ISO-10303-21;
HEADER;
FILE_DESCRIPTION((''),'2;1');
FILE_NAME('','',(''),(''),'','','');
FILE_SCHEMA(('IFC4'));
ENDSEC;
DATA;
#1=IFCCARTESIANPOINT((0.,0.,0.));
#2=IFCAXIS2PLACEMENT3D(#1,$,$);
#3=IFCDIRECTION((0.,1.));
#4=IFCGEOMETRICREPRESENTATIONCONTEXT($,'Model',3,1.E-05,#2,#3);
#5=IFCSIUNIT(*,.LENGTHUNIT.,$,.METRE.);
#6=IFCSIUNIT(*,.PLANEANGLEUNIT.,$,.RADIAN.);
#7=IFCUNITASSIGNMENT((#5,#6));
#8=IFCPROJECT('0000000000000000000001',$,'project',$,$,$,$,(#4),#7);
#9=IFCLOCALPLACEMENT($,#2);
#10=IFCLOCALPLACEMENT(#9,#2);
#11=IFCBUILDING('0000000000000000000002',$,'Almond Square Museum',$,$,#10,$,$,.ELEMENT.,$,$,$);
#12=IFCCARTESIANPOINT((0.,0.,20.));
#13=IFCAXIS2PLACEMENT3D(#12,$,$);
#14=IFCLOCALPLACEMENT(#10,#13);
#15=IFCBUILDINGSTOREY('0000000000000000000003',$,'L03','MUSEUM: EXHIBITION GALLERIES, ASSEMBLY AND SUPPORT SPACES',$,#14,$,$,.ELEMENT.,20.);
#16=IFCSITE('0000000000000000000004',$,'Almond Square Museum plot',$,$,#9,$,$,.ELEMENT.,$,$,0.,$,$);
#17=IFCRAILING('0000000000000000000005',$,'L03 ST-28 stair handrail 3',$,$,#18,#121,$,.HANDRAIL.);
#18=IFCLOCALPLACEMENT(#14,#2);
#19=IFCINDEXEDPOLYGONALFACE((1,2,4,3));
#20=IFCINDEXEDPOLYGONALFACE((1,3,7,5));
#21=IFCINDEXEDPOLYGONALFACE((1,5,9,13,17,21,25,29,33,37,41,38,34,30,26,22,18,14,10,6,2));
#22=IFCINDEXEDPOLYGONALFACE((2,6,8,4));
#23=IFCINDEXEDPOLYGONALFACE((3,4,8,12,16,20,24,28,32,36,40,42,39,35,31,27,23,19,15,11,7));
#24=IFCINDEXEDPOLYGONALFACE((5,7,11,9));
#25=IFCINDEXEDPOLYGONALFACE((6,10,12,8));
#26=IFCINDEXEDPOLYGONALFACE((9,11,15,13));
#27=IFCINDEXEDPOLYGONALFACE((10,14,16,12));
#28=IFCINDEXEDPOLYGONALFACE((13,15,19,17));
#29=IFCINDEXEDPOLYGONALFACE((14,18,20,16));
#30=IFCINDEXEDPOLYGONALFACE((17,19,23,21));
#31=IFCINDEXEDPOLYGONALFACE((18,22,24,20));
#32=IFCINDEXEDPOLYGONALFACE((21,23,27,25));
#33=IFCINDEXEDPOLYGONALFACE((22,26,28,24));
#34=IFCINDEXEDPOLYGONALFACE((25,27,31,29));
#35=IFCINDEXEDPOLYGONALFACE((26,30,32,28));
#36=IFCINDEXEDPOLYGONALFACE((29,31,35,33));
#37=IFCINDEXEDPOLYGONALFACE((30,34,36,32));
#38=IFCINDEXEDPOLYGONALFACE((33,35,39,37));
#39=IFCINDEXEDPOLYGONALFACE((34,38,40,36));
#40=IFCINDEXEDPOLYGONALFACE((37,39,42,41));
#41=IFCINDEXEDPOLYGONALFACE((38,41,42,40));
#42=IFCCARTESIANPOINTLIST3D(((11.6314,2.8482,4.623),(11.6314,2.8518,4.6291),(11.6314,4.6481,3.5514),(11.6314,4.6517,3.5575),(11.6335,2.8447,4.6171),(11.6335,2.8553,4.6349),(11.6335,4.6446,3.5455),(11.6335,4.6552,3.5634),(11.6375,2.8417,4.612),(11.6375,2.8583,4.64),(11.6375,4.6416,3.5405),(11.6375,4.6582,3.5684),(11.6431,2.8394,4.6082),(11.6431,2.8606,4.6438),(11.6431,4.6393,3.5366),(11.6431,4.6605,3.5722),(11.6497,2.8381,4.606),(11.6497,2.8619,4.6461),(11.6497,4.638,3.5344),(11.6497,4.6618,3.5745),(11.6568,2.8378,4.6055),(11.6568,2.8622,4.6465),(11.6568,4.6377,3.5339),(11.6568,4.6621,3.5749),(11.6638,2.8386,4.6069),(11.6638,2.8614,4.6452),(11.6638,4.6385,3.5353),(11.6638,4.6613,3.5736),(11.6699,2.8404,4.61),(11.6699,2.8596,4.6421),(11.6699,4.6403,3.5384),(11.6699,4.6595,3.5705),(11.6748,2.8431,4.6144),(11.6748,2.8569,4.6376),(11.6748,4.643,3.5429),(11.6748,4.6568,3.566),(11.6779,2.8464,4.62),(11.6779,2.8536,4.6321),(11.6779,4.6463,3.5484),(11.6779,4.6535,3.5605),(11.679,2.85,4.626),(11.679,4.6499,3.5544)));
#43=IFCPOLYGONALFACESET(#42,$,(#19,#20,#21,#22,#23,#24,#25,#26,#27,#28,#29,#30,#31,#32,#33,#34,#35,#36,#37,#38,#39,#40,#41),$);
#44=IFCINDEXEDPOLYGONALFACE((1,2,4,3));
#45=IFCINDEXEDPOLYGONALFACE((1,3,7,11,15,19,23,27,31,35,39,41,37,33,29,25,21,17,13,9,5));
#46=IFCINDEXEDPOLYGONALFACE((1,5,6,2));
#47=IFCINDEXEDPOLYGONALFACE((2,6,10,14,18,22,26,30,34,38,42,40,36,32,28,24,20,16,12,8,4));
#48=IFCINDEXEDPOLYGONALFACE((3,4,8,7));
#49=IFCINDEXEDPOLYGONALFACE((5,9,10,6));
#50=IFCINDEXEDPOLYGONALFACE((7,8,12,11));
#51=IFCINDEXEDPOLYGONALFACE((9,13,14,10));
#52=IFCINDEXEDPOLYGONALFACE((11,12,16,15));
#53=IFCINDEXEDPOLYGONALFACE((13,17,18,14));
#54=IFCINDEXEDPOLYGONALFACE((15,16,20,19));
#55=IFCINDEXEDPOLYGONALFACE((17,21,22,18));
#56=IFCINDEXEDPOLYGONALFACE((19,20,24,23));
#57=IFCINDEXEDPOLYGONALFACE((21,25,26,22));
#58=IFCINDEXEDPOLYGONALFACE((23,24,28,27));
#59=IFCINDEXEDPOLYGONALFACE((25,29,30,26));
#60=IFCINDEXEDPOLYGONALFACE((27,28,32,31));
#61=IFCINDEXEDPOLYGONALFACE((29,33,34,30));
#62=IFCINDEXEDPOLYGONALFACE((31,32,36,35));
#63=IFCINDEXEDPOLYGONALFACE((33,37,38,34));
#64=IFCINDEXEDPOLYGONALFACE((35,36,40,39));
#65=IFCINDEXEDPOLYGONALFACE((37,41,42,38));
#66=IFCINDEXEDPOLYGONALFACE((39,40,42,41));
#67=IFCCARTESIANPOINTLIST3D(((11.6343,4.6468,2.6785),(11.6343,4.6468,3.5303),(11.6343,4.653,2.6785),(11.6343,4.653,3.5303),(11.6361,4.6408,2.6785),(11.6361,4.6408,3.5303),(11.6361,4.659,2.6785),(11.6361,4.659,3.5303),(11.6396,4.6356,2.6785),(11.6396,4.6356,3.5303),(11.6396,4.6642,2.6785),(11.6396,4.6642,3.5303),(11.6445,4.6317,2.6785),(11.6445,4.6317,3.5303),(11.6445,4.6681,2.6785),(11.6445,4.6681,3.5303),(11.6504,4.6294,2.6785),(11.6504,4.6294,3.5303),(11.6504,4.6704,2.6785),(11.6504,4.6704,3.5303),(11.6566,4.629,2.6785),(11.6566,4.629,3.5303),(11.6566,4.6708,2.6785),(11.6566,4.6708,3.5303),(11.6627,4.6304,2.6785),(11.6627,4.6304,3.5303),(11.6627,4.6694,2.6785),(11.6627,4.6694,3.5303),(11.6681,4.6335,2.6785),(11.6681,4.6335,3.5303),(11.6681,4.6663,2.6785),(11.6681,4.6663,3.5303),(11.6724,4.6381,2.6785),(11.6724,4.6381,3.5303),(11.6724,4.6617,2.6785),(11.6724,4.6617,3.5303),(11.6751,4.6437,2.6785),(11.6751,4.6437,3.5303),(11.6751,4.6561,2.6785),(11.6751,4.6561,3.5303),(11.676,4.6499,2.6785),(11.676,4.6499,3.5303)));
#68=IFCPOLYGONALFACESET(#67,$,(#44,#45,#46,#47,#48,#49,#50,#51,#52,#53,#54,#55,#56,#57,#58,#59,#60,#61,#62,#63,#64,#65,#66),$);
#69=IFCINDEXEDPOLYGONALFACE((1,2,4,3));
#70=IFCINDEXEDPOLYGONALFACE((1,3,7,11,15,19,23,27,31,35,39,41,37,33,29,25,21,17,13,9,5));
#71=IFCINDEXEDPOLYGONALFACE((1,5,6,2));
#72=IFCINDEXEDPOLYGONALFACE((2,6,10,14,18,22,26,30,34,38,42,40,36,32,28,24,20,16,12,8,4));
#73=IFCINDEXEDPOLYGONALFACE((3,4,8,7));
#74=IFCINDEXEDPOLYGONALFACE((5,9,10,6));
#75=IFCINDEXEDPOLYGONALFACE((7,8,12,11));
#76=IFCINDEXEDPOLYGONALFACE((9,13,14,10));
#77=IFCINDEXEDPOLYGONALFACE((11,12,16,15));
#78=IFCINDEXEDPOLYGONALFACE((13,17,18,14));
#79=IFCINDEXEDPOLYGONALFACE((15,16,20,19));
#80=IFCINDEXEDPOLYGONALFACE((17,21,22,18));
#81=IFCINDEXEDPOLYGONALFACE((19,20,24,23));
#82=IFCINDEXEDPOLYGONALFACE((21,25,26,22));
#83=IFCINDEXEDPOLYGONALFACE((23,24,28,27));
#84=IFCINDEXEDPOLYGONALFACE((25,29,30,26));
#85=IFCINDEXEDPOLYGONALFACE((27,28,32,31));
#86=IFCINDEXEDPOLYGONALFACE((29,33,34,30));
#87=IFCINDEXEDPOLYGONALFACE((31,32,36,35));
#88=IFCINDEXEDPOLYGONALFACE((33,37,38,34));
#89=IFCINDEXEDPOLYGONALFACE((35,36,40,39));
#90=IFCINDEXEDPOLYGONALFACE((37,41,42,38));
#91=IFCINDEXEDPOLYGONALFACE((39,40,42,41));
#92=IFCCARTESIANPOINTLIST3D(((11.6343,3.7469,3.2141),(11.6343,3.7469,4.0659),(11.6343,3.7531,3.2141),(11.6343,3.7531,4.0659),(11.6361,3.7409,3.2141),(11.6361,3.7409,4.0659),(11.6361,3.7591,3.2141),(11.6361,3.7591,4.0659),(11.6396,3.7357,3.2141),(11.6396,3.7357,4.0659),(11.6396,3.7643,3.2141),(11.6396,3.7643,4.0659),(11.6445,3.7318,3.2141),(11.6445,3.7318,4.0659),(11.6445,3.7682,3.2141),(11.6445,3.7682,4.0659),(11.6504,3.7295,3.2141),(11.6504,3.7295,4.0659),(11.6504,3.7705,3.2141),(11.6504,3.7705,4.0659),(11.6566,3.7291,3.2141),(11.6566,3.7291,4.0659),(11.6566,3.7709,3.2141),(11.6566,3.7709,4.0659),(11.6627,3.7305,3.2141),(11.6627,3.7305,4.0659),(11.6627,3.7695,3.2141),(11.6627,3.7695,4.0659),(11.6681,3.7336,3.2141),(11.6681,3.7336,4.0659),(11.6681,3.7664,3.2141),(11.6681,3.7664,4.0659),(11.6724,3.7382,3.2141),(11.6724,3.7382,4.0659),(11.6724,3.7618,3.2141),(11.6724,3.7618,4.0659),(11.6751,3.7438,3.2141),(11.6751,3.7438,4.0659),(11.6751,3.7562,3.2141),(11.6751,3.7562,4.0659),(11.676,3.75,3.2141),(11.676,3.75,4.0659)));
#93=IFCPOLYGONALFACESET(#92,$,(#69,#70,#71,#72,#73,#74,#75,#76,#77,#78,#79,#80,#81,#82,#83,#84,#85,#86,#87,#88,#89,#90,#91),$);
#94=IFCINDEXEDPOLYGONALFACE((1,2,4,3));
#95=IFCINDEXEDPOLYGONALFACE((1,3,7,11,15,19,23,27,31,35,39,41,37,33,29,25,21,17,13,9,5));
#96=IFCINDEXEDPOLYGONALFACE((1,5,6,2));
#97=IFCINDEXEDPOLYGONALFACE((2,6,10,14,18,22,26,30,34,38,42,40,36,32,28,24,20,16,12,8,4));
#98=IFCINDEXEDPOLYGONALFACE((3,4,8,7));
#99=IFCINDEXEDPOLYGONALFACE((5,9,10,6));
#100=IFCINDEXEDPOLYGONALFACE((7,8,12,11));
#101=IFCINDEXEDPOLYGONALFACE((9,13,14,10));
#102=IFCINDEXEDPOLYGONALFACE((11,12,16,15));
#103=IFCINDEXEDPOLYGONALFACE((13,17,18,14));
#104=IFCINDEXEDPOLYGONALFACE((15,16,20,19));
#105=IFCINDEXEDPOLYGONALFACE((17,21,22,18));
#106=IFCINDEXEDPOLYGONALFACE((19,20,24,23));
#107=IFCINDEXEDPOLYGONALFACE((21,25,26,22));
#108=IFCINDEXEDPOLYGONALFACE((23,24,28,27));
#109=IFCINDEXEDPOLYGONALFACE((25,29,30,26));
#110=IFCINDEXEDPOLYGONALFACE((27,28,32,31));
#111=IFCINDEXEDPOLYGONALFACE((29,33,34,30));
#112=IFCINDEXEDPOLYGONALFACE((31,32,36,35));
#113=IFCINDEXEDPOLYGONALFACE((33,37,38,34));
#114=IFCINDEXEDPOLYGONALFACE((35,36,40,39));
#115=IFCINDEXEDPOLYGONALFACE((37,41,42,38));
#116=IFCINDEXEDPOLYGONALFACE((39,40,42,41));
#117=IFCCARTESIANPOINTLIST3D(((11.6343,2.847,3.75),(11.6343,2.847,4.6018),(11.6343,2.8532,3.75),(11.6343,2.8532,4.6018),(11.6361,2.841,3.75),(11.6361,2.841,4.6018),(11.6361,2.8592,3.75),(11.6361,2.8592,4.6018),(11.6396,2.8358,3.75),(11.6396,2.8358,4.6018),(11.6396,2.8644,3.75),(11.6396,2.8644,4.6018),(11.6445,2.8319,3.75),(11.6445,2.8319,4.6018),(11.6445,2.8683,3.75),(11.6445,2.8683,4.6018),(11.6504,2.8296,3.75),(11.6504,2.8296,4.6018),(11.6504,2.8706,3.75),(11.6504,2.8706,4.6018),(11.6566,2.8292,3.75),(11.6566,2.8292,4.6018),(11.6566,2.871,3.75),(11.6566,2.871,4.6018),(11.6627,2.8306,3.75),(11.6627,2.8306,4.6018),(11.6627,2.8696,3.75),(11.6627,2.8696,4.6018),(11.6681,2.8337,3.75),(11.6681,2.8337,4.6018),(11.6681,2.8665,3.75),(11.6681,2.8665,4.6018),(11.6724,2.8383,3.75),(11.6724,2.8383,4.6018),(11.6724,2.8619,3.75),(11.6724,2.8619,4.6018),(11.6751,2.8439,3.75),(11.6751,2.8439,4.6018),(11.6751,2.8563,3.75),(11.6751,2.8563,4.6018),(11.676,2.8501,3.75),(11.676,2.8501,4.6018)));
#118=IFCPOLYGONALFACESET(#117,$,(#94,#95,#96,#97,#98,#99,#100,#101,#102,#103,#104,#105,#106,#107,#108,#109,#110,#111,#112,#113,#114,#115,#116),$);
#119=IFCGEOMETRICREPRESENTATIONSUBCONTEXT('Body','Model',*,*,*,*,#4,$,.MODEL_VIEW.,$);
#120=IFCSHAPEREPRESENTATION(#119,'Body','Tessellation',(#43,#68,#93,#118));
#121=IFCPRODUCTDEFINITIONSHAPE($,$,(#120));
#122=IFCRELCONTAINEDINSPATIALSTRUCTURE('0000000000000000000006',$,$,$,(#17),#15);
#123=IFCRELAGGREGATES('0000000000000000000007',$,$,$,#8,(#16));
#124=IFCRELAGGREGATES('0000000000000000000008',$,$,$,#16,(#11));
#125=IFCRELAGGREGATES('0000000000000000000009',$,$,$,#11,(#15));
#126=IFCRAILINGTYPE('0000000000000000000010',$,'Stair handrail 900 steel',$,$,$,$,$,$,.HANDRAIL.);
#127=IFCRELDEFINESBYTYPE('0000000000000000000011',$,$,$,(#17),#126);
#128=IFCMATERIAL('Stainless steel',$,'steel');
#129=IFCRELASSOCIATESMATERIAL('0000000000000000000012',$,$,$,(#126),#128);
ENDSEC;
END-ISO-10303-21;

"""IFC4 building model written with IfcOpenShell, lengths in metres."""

from ifc_helpers import new_model, si_unit, direction, frame, origin, origin_2d, place, context, subcontext, project, spatial, circle, extrude, material, type_object, element, save


model = new_model("IFC4")

# Units and contexts
model_context = context("Model", 3, precision=1e-05, world=origin(), true_north=direction((0.0, 1.0)))
body_context = subcontext(model_context, "Body", "Model", "MODEL_VIEW")
ifc_project = project(units=[si_unit("LENGTHUNIT", "METRE"), si_unit("PLANEANGLEUNIT", "RADIAN")], contexts=[model_context])

# Site, building, storey
site_placement = place(None, origin())
site = spatial("IfcSite", under=ifc_project, at=site_placement, Name="Almond Square Museum plot", CompositionType="ELEMENT", RefElevation=0.0)
building_placement = place(site_placement, origin())
building = spatial("IfcBuilding", under=site, at=building_placement, Name="Almond Square Museum", CompositionType="ELEMENT")
storey_placement = place(building_placement, frame((0.0, 0.0, 20.0)))
storey = spatial("IfcBuildingStorey", under=building, at=storey_placement, Name="L03", Description="MUSEUM: EXHIBITION GALLERIES, ASSEMBLY AND SUPPORT SPACES", CompositionType="ELEMENT", Elevation=20.0)

# Railing
ifc_material_1 = material(Name="Stainless steel", Category="steel")
railing_type_1 = type_object("IfcRailingType", Name="Stair handrail 900 steel", PredefinedType="HANDRAIL", material=ifc_material_1)
railing_1_placement = place(storey_placement, frame((11.655, 4.6499, 2.6785)))
element("IfcRailing", 1, at=railing_1_placement, inside=storey, type_object=railing_type_1, Name="L03 ST-28 stair handrail 3", PredefinedType="HANDRAIL", context=body_context, shape_type="SweptSolid", body=[
    extrude(circle(Radius=0.0239, at=origin_2d()), frame((0.0, 0.0, 0.876), z_axis=(0.0, -0.859247, 0.511562), x_axis=(1.0, 0.0, 0.0)), (0.0, 0.0, 1.0), 2.0947),
    extrude(circle(Radius=0.021, at=origin_2d()), origin(), (0.0, 0.0, 1.0), 0.8518),
    extrude(circle(Radius=0.021, at=origin_2d()), frame((0.0, -0.8999, 0.5356)), (0.0, 0.0, 1.0), 0.8518),
    extrude(circle(Radius=0.021, at=origin_2d()), frame((0.0, -1.7998, 1.0715)), (0.0, 0.0, 1.0), 0.8518),
])

save(model, "model.ifc")
